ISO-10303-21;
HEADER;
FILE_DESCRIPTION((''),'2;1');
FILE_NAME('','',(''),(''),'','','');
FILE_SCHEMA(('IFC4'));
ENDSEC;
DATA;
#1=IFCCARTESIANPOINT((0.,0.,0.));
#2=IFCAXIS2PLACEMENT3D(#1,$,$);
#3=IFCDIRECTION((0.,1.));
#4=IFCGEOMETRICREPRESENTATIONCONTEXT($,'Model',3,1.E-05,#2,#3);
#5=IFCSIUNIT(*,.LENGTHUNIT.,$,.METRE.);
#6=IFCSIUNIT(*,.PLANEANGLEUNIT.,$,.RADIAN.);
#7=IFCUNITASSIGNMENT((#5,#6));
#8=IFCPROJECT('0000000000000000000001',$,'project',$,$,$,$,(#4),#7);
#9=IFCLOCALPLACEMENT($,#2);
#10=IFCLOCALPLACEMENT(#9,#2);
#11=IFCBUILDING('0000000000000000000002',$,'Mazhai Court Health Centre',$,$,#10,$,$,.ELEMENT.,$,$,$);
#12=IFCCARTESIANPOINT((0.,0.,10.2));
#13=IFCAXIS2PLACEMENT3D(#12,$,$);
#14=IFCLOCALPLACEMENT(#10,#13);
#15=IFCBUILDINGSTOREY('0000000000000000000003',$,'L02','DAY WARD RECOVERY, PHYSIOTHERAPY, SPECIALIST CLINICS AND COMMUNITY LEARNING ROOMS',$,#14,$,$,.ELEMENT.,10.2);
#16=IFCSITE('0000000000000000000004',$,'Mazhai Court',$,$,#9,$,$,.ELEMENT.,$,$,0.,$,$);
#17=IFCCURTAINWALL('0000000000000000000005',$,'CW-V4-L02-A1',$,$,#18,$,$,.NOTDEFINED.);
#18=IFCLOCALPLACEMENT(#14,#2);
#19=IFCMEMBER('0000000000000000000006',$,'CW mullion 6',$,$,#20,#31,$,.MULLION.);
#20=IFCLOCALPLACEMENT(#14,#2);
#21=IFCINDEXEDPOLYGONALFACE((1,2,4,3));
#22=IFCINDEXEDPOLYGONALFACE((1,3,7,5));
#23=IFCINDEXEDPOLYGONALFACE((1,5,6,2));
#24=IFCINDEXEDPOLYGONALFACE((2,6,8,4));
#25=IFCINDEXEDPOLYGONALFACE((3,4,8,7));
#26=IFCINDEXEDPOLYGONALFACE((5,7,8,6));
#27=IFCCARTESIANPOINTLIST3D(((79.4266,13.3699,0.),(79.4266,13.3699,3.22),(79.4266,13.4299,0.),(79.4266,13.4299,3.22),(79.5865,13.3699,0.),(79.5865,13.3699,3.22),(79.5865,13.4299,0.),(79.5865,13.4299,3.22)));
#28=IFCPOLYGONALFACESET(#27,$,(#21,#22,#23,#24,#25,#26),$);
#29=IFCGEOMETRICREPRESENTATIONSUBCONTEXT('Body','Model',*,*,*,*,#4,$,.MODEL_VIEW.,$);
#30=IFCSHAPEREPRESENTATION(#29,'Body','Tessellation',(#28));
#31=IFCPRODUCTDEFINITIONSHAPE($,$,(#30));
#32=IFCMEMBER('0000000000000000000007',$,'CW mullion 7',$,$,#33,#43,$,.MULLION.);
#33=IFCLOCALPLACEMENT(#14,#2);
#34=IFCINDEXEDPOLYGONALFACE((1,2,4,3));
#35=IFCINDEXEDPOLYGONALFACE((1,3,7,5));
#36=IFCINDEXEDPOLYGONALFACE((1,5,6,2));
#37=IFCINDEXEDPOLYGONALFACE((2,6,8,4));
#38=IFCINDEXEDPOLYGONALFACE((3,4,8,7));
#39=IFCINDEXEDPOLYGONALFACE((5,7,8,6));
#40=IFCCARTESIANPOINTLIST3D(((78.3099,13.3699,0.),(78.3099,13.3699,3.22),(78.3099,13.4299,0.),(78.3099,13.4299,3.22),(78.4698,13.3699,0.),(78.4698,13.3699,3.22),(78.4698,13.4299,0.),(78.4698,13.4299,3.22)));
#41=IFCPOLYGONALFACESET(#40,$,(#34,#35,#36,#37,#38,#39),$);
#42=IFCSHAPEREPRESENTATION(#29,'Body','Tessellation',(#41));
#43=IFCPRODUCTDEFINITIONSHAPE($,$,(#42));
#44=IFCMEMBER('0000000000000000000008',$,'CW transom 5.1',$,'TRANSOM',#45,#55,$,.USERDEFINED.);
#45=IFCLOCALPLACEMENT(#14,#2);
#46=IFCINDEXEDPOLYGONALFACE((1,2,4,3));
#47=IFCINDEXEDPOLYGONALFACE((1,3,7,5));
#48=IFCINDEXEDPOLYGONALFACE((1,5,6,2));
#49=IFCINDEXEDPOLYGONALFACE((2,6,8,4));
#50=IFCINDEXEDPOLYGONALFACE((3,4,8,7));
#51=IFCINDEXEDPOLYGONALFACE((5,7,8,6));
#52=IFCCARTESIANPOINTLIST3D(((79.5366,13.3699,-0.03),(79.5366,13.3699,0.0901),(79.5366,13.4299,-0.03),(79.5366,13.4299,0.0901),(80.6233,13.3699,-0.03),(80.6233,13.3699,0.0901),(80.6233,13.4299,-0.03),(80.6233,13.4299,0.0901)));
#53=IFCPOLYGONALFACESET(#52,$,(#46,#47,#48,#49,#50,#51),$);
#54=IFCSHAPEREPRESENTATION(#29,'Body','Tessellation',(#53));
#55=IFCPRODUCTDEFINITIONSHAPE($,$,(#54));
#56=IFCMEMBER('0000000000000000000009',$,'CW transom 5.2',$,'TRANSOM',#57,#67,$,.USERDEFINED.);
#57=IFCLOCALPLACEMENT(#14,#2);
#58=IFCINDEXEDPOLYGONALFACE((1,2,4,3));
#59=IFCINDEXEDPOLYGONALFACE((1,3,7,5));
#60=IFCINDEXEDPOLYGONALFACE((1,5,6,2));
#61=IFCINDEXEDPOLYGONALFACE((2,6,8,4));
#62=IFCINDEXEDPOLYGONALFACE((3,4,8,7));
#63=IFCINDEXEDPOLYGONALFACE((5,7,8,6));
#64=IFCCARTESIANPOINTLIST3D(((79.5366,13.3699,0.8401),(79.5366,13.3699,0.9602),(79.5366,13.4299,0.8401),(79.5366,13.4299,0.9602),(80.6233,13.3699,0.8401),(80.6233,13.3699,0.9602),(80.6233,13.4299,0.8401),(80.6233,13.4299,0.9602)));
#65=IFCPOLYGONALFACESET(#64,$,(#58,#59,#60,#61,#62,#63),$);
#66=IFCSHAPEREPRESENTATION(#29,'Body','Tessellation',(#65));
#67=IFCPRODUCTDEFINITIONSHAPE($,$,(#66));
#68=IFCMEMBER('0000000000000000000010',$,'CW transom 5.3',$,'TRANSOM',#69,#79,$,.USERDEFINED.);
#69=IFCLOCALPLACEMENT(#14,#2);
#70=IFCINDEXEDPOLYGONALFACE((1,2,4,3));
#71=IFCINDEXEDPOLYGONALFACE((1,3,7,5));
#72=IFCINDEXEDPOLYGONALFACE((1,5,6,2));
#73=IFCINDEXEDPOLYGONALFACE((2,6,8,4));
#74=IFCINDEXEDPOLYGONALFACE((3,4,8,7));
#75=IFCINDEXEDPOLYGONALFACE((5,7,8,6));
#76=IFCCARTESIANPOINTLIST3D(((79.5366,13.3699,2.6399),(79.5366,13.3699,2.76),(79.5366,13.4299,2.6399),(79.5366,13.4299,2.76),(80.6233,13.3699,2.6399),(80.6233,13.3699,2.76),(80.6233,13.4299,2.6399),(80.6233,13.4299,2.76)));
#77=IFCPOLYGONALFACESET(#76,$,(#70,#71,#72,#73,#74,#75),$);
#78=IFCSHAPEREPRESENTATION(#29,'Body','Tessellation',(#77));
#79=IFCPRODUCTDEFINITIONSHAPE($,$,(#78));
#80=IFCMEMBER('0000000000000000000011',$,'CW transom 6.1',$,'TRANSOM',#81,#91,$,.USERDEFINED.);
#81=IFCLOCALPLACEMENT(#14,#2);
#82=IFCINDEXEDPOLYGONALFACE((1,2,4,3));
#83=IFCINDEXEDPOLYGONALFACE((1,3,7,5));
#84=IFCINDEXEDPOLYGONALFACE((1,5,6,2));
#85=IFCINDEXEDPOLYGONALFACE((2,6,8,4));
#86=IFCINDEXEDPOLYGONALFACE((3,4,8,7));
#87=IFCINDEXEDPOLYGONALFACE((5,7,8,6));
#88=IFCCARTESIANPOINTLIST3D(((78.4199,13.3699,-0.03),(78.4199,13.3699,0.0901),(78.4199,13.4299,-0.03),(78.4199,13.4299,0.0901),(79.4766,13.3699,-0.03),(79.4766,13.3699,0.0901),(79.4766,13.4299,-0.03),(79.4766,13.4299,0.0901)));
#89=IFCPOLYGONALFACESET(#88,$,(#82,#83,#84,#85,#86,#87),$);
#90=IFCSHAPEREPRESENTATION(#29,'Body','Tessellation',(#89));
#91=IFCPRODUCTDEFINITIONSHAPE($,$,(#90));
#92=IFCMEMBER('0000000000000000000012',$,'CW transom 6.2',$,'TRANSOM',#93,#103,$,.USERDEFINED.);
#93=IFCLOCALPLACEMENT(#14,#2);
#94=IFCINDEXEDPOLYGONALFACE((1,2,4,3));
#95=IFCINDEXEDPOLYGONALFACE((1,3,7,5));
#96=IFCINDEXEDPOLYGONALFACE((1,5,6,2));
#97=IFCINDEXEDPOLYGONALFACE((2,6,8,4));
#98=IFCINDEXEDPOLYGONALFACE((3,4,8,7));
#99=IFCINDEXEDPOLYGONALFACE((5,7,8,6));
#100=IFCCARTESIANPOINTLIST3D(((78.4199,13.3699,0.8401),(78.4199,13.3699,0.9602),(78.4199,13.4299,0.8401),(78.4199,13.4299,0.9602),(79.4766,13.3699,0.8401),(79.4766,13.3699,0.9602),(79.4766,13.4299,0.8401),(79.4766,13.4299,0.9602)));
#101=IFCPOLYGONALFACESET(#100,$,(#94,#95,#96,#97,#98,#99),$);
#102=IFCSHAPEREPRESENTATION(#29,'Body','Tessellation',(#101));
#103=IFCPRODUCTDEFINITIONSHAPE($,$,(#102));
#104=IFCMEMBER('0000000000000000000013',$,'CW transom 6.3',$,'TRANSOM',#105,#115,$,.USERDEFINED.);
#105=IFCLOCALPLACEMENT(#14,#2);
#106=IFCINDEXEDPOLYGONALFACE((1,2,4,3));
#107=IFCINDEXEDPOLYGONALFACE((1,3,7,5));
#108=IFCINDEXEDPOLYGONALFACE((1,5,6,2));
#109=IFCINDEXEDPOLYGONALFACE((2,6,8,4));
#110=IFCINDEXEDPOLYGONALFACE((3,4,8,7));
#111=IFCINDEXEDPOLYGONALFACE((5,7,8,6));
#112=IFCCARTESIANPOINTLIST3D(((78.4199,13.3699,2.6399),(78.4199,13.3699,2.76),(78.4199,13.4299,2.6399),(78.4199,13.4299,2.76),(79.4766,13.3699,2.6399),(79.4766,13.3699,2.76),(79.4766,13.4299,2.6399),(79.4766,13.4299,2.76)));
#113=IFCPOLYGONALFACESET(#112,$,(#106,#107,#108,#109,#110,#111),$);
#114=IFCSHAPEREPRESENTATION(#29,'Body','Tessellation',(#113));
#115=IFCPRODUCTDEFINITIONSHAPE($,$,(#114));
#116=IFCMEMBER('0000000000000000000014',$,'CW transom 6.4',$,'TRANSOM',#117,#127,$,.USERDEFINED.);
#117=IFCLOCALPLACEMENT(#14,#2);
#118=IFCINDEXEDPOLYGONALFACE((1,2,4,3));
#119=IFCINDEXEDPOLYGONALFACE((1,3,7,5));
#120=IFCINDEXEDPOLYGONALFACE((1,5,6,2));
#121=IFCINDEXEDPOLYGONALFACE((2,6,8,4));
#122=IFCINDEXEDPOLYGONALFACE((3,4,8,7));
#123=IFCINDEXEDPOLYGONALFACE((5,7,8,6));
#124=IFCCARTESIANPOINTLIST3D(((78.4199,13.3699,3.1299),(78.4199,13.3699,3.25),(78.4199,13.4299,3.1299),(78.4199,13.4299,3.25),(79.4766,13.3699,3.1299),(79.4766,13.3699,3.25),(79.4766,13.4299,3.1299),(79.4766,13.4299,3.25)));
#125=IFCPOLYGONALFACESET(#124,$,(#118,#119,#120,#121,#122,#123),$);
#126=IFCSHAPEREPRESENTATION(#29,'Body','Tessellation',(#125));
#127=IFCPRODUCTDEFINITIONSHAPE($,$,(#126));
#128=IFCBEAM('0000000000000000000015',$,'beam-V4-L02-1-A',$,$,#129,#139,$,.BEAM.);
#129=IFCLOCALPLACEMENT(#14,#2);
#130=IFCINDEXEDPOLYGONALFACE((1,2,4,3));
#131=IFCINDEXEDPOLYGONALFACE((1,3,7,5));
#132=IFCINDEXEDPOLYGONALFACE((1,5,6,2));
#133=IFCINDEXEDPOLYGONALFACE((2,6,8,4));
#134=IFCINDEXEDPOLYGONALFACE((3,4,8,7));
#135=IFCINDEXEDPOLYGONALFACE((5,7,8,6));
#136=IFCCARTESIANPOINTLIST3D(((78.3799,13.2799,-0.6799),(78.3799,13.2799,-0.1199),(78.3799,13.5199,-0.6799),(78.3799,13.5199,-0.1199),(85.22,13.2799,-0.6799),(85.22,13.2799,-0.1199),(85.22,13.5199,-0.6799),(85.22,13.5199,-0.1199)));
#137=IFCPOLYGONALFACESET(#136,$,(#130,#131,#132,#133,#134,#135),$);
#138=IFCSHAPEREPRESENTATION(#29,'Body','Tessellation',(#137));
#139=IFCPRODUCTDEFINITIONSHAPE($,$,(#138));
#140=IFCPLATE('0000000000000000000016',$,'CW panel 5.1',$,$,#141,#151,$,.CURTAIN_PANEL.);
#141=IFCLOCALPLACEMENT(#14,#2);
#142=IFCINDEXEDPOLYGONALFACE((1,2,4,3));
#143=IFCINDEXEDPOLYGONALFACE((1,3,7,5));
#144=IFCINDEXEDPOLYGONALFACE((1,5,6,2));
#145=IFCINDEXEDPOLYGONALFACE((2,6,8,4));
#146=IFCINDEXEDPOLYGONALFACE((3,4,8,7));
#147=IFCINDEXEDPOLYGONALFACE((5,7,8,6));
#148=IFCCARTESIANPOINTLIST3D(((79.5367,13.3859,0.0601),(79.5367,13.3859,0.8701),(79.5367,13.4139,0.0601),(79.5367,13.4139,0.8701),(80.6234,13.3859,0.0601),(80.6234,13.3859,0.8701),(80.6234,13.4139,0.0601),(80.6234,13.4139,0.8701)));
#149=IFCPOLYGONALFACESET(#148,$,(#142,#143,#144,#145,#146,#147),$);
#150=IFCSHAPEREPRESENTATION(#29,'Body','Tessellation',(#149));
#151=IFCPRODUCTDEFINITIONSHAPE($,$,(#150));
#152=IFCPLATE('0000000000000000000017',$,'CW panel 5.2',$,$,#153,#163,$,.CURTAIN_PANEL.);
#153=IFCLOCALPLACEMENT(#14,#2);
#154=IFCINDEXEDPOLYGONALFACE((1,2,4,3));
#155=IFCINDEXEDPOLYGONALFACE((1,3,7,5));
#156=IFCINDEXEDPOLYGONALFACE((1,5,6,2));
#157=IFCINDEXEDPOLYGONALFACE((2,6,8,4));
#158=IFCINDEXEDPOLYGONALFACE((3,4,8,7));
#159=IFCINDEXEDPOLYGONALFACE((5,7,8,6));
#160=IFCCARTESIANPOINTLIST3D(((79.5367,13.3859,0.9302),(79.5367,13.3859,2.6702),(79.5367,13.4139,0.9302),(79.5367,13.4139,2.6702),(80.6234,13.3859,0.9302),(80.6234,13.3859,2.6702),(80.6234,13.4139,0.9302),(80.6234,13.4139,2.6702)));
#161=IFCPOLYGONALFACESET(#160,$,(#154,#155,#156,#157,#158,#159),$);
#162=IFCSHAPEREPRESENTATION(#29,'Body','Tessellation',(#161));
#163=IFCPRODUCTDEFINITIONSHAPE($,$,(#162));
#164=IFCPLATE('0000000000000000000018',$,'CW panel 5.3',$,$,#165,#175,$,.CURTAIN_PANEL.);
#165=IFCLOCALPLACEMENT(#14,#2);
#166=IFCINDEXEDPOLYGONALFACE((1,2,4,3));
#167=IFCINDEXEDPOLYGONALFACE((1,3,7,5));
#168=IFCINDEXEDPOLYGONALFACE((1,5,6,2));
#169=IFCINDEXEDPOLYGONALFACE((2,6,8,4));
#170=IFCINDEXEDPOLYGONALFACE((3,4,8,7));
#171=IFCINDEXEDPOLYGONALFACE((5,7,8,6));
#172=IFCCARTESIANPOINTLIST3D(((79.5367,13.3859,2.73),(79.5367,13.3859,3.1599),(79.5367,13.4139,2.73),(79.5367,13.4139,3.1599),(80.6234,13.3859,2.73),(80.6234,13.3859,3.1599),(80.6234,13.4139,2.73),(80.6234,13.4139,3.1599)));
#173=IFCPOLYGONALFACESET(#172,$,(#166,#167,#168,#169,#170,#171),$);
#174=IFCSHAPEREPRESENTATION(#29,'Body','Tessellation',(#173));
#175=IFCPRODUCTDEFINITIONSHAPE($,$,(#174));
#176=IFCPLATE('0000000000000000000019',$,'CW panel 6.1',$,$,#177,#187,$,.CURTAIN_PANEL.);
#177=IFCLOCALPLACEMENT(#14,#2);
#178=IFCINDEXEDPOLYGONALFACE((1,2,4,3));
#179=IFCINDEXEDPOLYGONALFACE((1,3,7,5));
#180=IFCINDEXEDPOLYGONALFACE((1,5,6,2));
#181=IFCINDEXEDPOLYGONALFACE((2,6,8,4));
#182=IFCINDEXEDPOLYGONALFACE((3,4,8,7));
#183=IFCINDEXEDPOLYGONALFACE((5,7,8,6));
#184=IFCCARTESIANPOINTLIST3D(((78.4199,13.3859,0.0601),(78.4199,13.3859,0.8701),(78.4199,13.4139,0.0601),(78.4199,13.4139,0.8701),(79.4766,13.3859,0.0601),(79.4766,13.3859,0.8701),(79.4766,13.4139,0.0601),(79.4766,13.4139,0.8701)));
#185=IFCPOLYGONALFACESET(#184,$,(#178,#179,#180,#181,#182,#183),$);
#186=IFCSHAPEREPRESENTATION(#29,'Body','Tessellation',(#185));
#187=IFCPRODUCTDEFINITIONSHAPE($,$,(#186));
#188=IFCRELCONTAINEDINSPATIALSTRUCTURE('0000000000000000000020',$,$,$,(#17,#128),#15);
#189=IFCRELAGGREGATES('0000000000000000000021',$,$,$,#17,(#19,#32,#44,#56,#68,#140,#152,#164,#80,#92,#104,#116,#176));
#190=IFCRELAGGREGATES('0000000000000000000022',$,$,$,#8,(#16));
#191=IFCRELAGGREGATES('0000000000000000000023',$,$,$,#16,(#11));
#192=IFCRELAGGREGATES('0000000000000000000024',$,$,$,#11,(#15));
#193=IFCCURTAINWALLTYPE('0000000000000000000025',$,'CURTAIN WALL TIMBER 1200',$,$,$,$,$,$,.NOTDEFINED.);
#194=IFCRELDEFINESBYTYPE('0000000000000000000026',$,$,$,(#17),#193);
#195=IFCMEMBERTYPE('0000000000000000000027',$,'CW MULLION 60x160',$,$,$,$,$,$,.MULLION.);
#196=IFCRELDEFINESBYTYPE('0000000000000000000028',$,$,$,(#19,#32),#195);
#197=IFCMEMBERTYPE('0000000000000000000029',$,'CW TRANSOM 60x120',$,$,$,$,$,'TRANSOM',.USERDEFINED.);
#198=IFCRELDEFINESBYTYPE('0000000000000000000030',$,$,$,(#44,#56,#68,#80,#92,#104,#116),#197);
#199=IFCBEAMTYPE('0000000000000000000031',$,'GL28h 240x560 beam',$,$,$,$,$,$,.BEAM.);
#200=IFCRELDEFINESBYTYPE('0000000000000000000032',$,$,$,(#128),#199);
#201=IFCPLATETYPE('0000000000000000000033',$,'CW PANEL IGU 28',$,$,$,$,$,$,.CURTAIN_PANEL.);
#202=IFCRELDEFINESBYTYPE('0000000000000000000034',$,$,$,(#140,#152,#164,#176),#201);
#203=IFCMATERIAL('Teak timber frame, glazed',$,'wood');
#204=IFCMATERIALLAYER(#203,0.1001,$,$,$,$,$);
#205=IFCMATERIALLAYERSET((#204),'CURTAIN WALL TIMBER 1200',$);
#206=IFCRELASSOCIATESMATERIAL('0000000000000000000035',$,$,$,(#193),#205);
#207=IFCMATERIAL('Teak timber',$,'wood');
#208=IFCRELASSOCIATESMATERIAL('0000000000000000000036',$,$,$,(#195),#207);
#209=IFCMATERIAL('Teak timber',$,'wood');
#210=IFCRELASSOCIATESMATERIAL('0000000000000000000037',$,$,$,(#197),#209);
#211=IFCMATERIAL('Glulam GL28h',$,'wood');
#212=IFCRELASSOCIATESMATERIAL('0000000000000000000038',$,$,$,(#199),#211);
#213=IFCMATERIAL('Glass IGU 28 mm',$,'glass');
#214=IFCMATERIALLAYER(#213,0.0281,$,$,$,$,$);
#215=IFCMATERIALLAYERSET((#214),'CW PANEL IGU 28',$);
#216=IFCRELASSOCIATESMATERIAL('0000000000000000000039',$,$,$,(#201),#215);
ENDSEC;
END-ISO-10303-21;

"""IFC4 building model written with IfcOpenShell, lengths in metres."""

from ifc_helpers import new_model, si_unit, direction, frame, origin, origin_2d, place, context, subcontext, project, spatial, rectangle, extrude, material, layer, layer_set, material_profile, profile_set, type_object, element, aggregate, save


model = new_model("IFC4")

# Units and contexts
model_context = context("Model", 3, precision=1e-05, world=origin(), true_north=direction((0.0, 1.0)))
body_context = subcontext(model_context, "Body", "Model", "MODEL_VIEW")
ifc_project = project(units=[si_unit("LENGTHUNIT", "METRE"), si_unit("PLANEANGLEUNIT", "RADIAN")], contexts=[model_context])

# Site, building, storey
site_placement = place(None, origin())
site = spatial("IfcSite", under=ifc_project, at=site_placement, Name="Mazhai Court", CompositionType="ELEMENT", RefElevation=0.0)
building_placement = place(site_placement, origin())
building = spatial("IfcBuilding", under=site, at=building_placement, Name="Mazhai Court Health Centre", CompositionType="ELEMENT")
storey_placement = place(building_placement, frame((0.0, 0.0, 10.2)))
storey = spatial("IfcBuildingStorey", under=building, at=storey_placement, Name="L02", Description="DAY WARD RECOVERY, PHYSIOTHERAPY, SPECIALIST CLINICS AND COMMUNITY LEARNING ROOMS", CompositionType="ELEMENT", Elevation=10.2)

# Curtain wall, members
ifc_material_1 = material(Name="Teak timber frame, glazed", Category="wood")
ifc_layer_1 = layer(ifc_material_1, 0.1001)
ifc_layer_set_1 = layer_set([ifc_layer_1], Name="CURTAIN WALL TIMBER 1200")
curtain_wall_type = type_object("IfcCurtainWallType", Name="CURTAIN WALL TIMBER 1200", PredefinedType="NOTDEFINED", material=ifc_layer_set_1)
curtain_wall_placement = place(storey_placement, origin())
curtain_wall = element("IfcCurtainWall", 1, at=curtain_wall_placement, inside=storey, type_object=curtain_wall_type, Name="CW-V4-L02-A1", PredefinedType="NOTDEFINED")
ifc_material_2 = material(Name="Teak timber", Category="wood")
ifc_material_profile_1 = material_profile(ifc_material_2, rectangle(XDim=0.0601, YDim=0.1599, at=origin_2d()), Name="CW MULLION 60x160")
ifc_profile_set_1 = profile_set([ifc_material_profile_1], Name="Teak timber")
member_type_1 = type_object("IfcMemberType", Name="CW MULLION 60x160", PredefinedType="MULLION", material=ifc_profile_set_1)
member_1_placement = place(storey_placement, frame((79.5066, 13.3999, 0.0), z_axis=(0.0, 0.0, 1.0), x_axis=(0.0, -1.0, 0.0)))
member_1 = element("IfcMember", 2, at=member_1_placement, type_object=member_type_1, Name="CW mullion 6", PredefinedType="MULLION", context=body_context, shape_type="SweptSolid", body=[
    extrude(rectangle(XDim=0.0601, YDim=0.1599, at=origin_2d()), origin(), (0.0, 0.0, 1.0), 3.22),
])
member_2_placement = place(storey_placement, frame((78.3899, 13.3999, 0.0), z_axis=(0.0, 0.0, 1.0), x_axis=(0.0, -1.0, 0.0)))
member_2 = element("IfcMember", 3, at=member_2_placement, type_object=member_type_1, Name="CW mullion 7", PredefinedType="MULLION", context=body_context, shape_type="SweptSolid", body=[
    extrude(rectangle(XDim=0.0601, YDim=0.1599, at=origin_2d()), origin(), (0.0, 0.0, 1.0), 3.22),
])
ifc_material_3 = material(Name="Teak timber", Category="wood")
ifc_material_profile_2 = material_profile(ifc_material_3, rectangle(XDim=0.0601, YDim=0.1201, at=origin_2d()), Name="CW TRANSOM 60x120")
ifc_profile_set_2 = profile_set([ifc_material_profile_2], Name="Teak timber")
member_type_2 = type_object("IfcMemberType", Name="CW TRANSOM 60x120", ElementType="TRANSOM", PredefinedType="USERDEFINED", material=ifc_profile_set_2)
member_3_placement = place(storey_placement, frame((80.6233, 13.3999, 0.03), z_axis=(-1.0, 0.0, 0.0), x_axis=(0.0, -1.0, 0.0)))
member_3 = element("IfcMember", 4, at=member_3_placement, type_object=member_type_2, Name="CW transom 5.1", ObjectType="TRANSOM", PredefinedType="USERDEFINED", context=body_context, shape_type="SweptSolid", body=[
    extrude(rectangle(XDim=0.0601, YDim=0.1201, at=origin_2d()), origin(), (0.0, 0.0, 1.0), 1.0867),
])
member_4_placement = place(storey_placement, frame((80.6233, 13.3999, 0.9001), z_axis=(-1.0, 0.0, 0.0), x_axis=(0.0, -1.0, 0.0)))
member_4 = element("IfcMember", 5, at=member_4_placement, type_object=member_type_2, Name="CW transom 5.2", ObjectType="TRANSOM", PredefinedType="USERDEFINED", context=body_context, shape_type="SweptSolid", body=[
    extrude(rectangle(XDim=0.0601, YDim=0.1201, at=origin_2d()), origin(), (0.0, 0.0, 1.0), 1.0867),
])
member_5_placement = place(storey_placement, frame((80.6233, 13.3999, 2.7), z_axis=(-1.0, 0.0, 0.0), x_axis=(0.0, -1.0, 0.0)))
member_5 = element("IfcMember", 6, at=member_5_placement, type_object=member_type_2, Name="CW transom 5.3", ObjectType="TRANSOM", PredefinedType="USERDEFINED", context=body_context, shape_type="SweptSolid", body=[
    extrude(rectangle(XDim=0.0601, YDim=0.1201, at=origin_2d()), origin(), (0.0, 0.0, 1.0), 1.0867),
])
member_6_placement = place(storey_placement, frame((79.4766, 13.3999, 0.03), z_axis=(-1.0, 0.0, 0.0), x_axis=(0.0, -1.0, 0.0)))
member_6 = element("IfcMember", 7, at=member_6_placement, type_object=member_type_2, Name="CW transom 6.1", ObjectType="TRANSOM", PredefinedType="USERDEFINED", context=body_context, shape_type="SweptSolid", body=[
    extrude(rectangle(XDim=0.0601, YDim=0.1201, at=origin_2d()), origin(), (0.0, 0.0, 1.0), 1.0566),
])
member_7_placement = place(storey_placement, frame((79.4766, 13.3999, 0.9001), z_axis=(-1.0, 0.0, 0.0), x_axis=(0.0, -1.0, 0.0)))
member_7 = element("IfcMember", 8, at=member_7_placement, type_object=member_type_2, Name="CW transom 6.2", ObjectType="TRANSOM", PredefinedType="USERDEFINED", context=body_context, shape_type="SweptSolid", body=[
    extrude(rectangle(XDim=0.0601, YDim=0.1201, at=origin_2d()), origin(), (0.0, 0.0, 1.0), 1.0566),
])
member_8_placement = place(storey_placement, frame((79.4766, 13.3999, 2.7), z_axis=(-1.0, 0.0, 0.0), x_axis=(0.0, -1.0, 0.0)))
member_8 = element("IfcMember", 9, at=member_8_placement, type_object=member_type_2, Name="CW transom 6.3", ObjectType="TRANSOM", PredefinedType="USERDEFINED", context=body_context, shape_type="SweptSolid", body=[
    extrude(rectangle(XDim=0.0601, YDim=0.1201, at=origin_2d()), origin(), (0.0, 0.0, 1.0), 1.0566),
])
member_9_placement = place(storey_placement, frame((79.4766, 13.3999, 3.1899), z_axis=(-1.0, 0.0, 0.0), x_axis=(0.0, -1.0, 0.0)))
member_9 = element("IfcMember", 10, at=member_9_placement, type_object=member_type_2, Name="CW transom 6.4", ObjectType="TRANSOM", PredefinedType="USERDEFINED", context=body_context, shape_type="SweptSolid", body=[
    extrude(rectangle(XDim=0.0601, YDim=0.1201, at=origin_2d()), origin(), (0.0, 0.0, 1.0), 1.0566),
])

# Beam
ifc_material_4 = material(Name="Glulam GL28h", Category="wood")
ifc_material_profile_3 = material_profile(ifc_material_4, rectangle(XDim=0.24, YDim=0.5601, at=origin_2d()), Name="GL28h 240x560")
ifc_profile_set_3 = profile_set([ifc_material_profile_3], Name="Glulam GL28h")
beam_type = type_object("IfcBeamType", Name="GL28h 240x560 beam", PredefinedType="BEAM", material=ifc_profile_set_3)
beam_placement = place(storey_placement, frame((78.3799, 13.3999, -0.3999), z_axis=(1.0, 0.0, 0.0), x_axis=(0.0, 1.0, 0.0)))
element("IfcBeam", 11, at=beam_placement, inside=storey, type_object=beam_type, Name="beam-V4-L02-1-A", PredefinedType="BEAM", context=body_context, shape_type="SweptSolid", body=[
    extrude(rectangle(XDim=0.24, YDim=0.5601, at=origin_2d()), origin(), (0.0, 0.0, 1.0), 6.8401),
])

# Plates
ifc_material_5 = material(Name="Glass IGU 28 mm", Category="glass")
ifc_layer_2 = layer(ifc_material_5, 0.0281)
ifc_layer_set_2 = layer_set([ifc_layer_2], Name="CW PANEL IGU 28")
plate_type = type_object("IfcPlateType", Name="CW PANEL IGU 28", PredefinedType="CURTAIN_PANEL", material=ifc_layer_set_2)
plate_1_placement = place(storey_placement, frame((80.0801, 13.3999, 0.0601), z_axis=(0.0, 0.0, 1.0), x_axis=(-1.0, 0.0, 0.0)))
plate_1 = element("IfcPlate", 12, at=plate_1_placement, type_object=plate_type, Name="CW panel 5.1", PredefinedType="CURTAIN_PANEL", context=body_context, shape_type="SweptSolid", body=[
    extrude(rectangle(XDim=1.0867, YDim=0.0281, at=origin_2d()), origin(), (0.0, 0.0, 1.0), 0.8101),
])
plate_2_placement = place(storey_placement, frame((80.0801, 13.3999, 0.9302), z_axis=(0.0, 0.0, 1.0), x_axis=(-1.0, 0.0, 0.0)))
plate_2 = element("IfcPlate", 13, at=plate_2_placement, type_object=plate_type, Name="CW panel 5.2", PredefinedType="CURTAIN_PANEL", context=body_context, shape_type="SweptSolid", body=[
    extrude(rectangle(XDim=1.0867, YDim=0.0281, at=origin_2d()), origin(), (0.0, 0.0, 1.0), 1.74),
])
plate_3_placement = place(storey_placement, frame((80.0801, 13.3999, 2.73), z_axis=(0.0, 0.0, 1.0), x_axis=(-1.0, 0.0, 0.0)))
plate_3 = element("IfcPlate", 14, at=plate_3_placement, type_object=plate_type, Name="CW panel 5.3", PredefinedType="CURTAIN_PANEL", context=body_context, shape_type="SweptSolid", body=[
    extrude(rectangle(XDim=1.0867, YDim=0.0281, at=origin_2d()), origin(), (0.0, 0.0, 1.0), 0.4299),
])
plate_4_placement = place(storey_placement, frame((78.9482, 13.3999, 0.0601), z_axis=(0.0, 0.0, 1.0), x_axis=(-1.0, 0.0, 0.0)))
plate_4 = element("IfcPlate", 15, at=plate_4_placement, type_object=plate_type, Name="CW panel 6.1", PredefinedType="CURTAIN_PANEL", context=body_context, shape_type="SweptSolid", body=[
    extrude(rectangle(XDim=1.0566, YDim=0.0281, at=origin_2d()), origin(), (0.0, 0.0, 1.0), 0.8101),
])
aggregate(curtain_wall, [member_1, member_2, member_3, member_4, member_5, plate_1, plate_2, plate_3, member_6, member_7, member_8, member_9, plate_4])

save(model, "model.ifc")
